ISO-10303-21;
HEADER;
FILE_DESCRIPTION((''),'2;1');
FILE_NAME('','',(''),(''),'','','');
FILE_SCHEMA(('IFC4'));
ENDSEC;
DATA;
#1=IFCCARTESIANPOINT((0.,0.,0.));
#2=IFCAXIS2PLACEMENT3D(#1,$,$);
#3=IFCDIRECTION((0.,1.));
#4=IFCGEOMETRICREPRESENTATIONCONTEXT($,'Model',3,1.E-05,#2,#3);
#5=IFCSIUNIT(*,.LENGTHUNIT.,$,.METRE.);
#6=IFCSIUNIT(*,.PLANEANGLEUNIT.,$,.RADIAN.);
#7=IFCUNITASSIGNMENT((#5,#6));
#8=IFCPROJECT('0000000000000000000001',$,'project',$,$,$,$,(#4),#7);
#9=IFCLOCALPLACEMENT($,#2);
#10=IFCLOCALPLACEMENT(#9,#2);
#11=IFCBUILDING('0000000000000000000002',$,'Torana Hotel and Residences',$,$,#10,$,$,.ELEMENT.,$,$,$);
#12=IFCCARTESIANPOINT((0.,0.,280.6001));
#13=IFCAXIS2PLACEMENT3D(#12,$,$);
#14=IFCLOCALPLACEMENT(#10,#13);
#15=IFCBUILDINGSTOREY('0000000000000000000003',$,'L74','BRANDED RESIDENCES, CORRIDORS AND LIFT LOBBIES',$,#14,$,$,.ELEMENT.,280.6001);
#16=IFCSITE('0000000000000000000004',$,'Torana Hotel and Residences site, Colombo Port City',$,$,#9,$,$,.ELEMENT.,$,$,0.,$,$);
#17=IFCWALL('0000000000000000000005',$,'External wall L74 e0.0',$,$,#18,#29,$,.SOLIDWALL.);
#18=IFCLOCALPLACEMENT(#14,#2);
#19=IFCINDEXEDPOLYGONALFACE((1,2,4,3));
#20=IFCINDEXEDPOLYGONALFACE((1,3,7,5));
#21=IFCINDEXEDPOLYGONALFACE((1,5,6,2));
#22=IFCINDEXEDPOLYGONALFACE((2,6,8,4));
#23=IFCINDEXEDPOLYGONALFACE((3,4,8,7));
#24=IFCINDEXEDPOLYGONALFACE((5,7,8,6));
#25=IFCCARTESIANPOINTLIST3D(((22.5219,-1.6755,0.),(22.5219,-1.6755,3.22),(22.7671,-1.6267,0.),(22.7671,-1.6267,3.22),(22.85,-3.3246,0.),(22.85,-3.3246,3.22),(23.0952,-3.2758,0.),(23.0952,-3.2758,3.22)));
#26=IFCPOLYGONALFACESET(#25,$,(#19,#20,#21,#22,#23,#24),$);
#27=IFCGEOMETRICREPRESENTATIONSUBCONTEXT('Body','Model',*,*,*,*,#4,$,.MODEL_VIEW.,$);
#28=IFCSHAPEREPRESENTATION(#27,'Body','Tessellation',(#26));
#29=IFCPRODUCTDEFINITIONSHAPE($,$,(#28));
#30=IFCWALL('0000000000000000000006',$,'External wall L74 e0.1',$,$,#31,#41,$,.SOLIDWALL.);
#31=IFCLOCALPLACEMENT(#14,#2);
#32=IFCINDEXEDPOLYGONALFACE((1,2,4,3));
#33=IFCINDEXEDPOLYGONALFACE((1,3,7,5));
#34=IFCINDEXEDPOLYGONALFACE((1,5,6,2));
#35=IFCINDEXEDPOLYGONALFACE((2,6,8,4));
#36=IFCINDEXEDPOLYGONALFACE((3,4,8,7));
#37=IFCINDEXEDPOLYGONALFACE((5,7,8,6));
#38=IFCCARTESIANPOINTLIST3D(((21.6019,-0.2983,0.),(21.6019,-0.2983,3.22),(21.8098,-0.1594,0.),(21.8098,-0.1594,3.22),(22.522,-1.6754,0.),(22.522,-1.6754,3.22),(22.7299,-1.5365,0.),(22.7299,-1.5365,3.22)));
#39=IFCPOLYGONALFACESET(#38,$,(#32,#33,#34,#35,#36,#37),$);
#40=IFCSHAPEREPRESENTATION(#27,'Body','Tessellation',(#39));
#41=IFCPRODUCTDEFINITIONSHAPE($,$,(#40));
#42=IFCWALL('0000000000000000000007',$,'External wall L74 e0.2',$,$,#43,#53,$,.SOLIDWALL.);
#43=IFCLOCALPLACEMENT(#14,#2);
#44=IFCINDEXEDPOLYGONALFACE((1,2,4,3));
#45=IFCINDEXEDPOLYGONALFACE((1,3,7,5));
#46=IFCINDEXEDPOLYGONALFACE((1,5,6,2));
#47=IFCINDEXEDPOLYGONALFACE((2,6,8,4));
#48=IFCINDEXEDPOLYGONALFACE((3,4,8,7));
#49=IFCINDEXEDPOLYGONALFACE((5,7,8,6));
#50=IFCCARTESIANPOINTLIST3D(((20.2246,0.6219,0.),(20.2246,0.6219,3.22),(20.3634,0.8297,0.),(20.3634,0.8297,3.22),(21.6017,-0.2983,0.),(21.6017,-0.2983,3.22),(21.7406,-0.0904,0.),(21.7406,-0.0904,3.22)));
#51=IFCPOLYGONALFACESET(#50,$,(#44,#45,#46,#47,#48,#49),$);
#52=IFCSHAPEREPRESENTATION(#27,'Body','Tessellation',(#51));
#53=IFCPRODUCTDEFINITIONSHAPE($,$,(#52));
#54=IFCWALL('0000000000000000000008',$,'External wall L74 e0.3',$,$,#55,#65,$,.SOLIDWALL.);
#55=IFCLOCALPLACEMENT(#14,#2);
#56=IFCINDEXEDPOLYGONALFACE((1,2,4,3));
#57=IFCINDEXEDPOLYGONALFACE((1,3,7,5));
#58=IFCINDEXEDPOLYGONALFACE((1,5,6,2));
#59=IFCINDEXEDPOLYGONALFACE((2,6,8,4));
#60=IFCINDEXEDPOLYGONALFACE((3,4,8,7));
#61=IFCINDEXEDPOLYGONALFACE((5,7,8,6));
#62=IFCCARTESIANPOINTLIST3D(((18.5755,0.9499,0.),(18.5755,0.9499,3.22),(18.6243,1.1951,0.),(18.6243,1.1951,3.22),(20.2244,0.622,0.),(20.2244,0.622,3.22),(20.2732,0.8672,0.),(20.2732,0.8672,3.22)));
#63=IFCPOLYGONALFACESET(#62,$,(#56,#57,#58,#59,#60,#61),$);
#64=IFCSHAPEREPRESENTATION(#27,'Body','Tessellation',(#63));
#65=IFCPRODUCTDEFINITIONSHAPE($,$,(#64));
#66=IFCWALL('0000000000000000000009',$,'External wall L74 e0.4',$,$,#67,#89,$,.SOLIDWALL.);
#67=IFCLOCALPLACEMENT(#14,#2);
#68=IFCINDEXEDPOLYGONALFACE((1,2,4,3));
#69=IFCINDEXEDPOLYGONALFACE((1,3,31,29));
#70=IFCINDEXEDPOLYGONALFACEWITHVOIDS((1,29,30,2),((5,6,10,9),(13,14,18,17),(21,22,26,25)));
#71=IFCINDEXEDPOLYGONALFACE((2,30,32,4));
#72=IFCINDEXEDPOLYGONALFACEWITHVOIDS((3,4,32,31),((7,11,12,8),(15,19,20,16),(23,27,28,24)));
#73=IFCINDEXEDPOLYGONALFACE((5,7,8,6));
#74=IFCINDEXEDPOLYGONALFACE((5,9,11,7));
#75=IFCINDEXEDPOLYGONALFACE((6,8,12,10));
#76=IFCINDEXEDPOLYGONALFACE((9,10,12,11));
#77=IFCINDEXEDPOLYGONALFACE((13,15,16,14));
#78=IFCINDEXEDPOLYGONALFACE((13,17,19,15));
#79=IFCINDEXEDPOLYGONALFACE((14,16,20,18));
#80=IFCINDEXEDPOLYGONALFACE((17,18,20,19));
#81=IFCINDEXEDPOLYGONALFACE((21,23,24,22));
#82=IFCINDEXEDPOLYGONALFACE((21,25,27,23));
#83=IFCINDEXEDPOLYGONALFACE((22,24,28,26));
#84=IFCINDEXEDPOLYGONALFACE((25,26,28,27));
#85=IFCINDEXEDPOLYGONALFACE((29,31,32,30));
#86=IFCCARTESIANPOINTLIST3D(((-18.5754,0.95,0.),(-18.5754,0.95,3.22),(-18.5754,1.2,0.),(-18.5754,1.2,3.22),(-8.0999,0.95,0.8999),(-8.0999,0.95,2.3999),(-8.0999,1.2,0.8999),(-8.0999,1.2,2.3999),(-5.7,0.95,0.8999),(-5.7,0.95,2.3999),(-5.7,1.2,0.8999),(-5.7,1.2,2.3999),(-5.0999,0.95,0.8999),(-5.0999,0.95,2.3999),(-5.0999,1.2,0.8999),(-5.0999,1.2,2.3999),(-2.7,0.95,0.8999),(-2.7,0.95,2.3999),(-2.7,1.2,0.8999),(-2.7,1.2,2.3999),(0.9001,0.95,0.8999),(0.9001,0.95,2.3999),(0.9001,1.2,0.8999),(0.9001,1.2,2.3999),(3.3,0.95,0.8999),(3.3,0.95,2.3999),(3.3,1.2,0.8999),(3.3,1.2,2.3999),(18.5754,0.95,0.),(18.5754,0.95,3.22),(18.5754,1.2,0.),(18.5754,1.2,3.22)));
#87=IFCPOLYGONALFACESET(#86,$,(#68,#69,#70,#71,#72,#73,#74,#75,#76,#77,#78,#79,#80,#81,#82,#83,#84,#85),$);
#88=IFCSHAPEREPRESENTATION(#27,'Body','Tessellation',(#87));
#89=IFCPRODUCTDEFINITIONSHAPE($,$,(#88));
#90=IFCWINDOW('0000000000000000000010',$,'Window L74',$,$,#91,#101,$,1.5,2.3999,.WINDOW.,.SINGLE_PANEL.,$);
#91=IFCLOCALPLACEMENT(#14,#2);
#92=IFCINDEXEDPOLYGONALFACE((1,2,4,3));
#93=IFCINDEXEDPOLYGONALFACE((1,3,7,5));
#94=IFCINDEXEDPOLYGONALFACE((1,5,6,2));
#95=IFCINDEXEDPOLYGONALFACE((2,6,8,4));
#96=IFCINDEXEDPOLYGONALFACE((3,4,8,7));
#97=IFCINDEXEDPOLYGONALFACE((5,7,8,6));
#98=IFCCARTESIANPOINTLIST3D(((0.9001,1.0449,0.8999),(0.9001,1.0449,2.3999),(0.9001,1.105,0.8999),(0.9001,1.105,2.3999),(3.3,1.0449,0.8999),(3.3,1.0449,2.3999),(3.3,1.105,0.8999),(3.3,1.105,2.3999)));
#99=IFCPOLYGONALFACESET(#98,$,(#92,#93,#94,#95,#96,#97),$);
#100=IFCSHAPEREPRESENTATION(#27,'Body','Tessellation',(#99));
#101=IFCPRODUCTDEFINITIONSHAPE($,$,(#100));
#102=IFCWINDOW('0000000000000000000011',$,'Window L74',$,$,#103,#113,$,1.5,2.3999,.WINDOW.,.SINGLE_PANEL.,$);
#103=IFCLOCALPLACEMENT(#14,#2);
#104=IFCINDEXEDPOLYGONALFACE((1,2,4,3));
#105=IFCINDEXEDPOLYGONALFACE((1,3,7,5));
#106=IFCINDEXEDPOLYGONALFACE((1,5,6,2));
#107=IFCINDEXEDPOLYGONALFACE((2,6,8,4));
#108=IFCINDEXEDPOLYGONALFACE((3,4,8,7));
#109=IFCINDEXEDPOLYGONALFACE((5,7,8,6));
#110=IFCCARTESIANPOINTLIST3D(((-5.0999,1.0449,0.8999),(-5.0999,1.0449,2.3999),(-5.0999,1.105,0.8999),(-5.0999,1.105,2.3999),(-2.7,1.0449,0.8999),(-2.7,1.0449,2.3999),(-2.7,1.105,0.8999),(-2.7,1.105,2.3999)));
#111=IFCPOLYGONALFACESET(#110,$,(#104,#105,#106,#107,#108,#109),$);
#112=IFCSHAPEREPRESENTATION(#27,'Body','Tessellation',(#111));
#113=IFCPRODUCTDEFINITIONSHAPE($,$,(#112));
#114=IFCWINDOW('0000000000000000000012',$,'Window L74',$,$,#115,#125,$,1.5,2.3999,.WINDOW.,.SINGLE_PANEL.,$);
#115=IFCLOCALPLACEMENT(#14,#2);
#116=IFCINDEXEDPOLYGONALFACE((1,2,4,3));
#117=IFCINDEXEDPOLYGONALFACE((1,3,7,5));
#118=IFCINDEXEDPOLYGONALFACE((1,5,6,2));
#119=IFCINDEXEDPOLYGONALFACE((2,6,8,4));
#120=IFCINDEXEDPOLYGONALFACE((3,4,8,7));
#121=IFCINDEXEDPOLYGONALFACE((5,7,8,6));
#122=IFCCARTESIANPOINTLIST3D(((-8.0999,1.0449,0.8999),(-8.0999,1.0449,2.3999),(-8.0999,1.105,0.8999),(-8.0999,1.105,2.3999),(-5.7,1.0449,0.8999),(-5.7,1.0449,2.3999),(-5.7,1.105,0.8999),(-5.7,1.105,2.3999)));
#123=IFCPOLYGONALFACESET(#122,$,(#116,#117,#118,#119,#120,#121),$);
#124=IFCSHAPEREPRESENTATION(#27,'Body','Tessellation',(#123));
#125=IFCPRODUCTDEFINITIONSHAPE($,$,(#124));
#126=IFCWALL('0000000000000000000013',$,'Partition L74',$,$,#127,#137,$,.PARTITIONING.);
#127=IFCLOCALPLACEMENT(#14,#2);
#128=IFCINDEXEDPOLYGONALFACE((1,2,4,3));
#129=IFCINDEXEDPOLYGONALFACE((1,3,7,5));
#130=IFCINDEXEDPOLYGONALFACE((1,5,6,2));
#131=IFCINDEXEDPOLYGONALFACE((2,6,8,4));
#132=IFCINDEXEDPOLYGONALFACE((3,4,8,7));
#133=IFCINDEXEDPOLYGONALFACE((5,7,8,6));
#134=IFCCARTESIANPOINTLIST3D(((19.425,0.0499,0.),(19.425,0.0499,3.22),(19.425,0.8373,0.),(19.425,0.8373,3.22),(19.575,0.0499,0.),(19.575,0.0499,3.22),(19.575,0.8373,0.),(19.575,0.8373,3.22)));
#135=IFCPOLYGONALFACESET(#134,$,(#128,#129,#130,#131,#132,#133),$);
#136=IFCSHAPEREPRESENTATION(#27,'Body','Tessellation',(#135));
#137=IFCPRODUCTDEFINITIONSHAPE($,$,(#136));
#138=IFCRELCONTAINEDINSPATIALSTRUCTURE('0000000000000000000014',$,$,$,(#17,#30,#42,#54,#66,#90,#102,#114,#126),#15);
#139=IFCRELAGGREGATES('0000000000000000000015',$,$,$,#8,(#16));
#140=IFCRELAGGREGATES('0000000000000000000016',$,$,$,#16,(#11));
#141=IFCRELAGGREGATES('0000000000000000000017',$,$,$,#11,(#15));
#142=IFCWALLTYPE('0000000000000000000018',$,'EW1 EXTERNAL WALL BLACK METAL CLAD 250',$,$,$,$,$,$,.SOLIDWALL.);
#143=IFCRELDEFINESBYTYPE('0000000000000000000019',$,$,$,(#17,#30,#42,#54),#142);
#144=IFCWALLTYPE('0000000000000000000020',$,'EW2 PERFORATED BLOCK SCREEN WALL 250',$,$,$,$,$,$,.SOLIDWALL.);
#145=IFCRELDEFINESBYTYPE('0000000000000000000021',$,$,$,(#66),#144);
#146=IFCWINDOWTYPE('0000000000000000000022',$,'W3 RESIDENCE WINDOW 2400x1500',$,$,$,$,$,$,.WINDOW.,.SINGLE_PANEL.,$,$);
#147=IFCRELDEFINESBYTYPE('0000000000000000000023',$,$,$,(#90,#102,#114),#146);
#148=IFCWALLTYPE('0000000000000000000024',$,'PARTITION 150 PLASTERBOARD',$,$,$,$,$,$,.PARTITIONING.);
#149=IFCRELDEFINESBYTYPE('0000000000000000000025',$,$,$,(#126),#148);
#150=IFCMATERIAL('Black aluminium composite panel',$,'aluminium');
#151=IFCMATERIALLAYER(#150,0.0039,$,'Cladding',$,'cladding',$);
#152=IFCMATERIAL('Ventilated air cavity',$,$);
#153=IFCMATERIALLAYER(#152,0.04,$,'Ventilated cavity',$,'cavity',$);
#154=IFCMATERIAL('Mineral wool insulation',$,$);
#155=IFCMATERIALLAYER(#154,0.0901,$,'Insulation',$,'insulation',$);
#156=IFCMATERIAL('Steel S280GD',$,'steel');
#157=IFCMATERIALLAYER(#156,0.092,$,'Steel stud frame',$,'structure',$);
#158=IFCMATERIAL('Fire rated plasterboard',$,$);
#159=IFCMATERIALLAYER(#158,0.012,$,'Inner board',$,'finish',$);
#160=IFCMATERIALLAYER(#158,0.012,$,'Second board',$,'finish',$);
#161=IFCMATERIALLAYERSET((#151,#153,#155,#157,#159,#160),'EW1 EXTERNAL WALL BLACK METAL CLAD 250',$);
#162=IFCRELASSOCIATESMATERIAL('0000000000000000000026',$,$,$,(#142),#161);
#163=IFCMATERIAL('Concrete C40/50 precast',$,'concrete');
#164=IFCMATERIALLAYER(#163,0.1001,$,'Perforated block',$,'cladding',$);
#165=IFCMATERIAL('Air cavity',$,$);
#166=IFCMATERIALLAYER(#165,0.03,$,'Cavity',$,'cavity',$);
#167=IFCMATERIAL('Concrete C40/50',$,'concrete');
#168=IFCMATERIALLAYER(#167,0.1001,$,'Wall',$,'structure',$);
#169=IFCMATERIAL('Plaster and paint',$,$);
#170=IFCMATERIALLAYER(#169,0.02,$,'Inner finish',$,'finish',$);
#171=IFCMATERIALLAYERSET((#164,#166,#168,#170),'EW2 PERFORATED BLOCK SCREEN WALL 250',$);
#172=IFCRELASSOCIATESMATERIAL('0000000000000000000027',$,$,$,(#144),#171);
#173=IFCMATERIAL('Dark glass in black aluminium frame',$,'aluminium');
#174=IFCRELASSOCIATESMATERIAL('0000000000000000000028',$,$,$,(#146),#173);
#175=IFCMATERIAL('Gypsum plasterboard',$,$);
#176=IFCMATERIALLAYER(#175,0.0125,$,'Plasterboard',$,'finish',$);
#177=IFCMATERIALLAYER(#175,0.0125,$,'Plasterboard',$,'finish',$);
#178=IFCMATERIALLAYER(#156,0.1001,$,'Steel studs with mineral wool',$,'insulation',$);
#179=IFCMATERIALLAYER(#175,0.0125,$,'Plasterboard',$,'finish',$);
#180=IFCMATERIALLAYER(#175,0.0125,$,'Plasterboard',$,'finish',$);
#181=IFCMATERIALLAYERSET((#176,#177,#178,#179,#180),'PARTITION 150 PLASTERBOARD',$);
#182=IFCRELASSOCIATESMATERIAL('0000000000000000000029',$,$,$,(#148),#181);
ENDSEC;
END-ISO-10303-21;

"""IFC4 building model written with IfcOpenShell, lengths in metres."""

from ifc_helpers import new_model, si_unit, direction, frame, frame_2d, origin, place, context, subcontext, project, spatial, rectangle, extrude, material, layer, layer_set, type_object, element, fill, save


model = new_model("IFC4")

# Units and contexts
model_context = context("Model", 3, precision=1e-05, world=origin(), true_north=direction((0.0, 1.0)))
body_context = subcontext(model_context, "Body", "Model", "MODEL_VIEW")
ifc_project = project(units=[si_unit("LENGTHUNIT", "METRE"), si_unit("PLANEANGLEUNIT", "RADIAN")], contexts=[model_context])

# Site, building, storey
site_placement = place(None, origin())
site = spatial("IfcSite", under=ifc_project, at=site_placement, Name="Torana Hotel and Residences site, Colombo Port City", CompositionType="ELEMENT", RefElevation=0.0)
building_placement = place(site_placement, origin())
building = spatial("IfcBuilding", under=site, at=building_placement, Name="Torana Hotel and Residences", CompositionType="ELEMENT")
storey_placement = place(building_placement, frame((0.0, 0.0, 280.6001)))
storey = spatial("IfcBuildingStorey", under=building, at=storey_placement, Name="L74", Description="BRANDED RESIDENCES, CORRIDORS AND LIFT LOBBIES", CompositionType="ELEMENT", Elevation=280.6001)

# Walls
ifc_material_1 = material(Name="Black aluminium composite panel", Category="aluminium")
ifc_layer_1 = layer(ifc_material_1, 0.0039, Name="Cladding", Category="cladding")
ifc_material_2 = material(Name="Ventilated air cavity")
ifc_layer_2 = layer(ifc_material_2, 0.04, Name="Ventilated cavity", Category="cavity")
ifc_material_3 = material(Name="Mineral wool insulation")
ifc_layer_3 = layer(ifc_material_3, 0.0901, Name="Insulation", Category="insulation")
ifc_material_4 = material(Name="Steel S280GD", Category="steel")
ifc_layer_4 = layer(ifc_material_4, 0.092, Name="Steel stud frame", Category="structure")
ifc_material_5 = material(Name="Fire rated plasterboard")
ifc_layer_5 = layer(ifc_material_5, 0.012, Name="Inner board", Category="finish")
ifc_layer_6 = layer(ifc_material_5, 0.012, Name="Second board", Category="finish")
ifc_layer_set_1 = layer_set([ifc_layer_1, ifc_layer_2, ifc_layer_3, ifc_layer_4, ifc_layer_5, ifc_layer_6], Name="EW1 EXTERNAL WALL BLACK METAL CLAD 250")
wall_type_1 = type_object("IfcWallType", Name="EW1 EXTERNAL WALL BLACK METAL CLAD 250", PredefinedType="SOLIDWALL", material=ifc_layer_set_1)
wall_1_placement = place(storey_placement, frame((22.9727, -3.3003, 0.0), z_axis=(0.0, 0.0, 1.0), x_axis=(-0.195139, 0.980776, 0.0)))
element("IfcWall", 1, at=wall_1_placement, inside=storey, type_object=wall_type_1, Name="External wall L74 e0.0", PredefinedType="SOLIDWALL", context=body_context, shape_type="SweptSolid", body=[
    extrude(rectangle(XDim=1.6814, YDim=0.25, at=frame_2d((0.8408, 0.0))), origin(), (0.0, 0.0, 1.0), 3.22),
])
for number, where, z_axis, x_axis, name in (
    (2, (22.626, -1.606, 0.0), (0.0, 0.0, 1.0), (-0.55555, 0.831483, 0.0), "External wall L74 e0.1"),
    (3, (21.6711, -0.1943, 0.0), (0.0, 0.0, 1.0), (-0.831483, 0.55555, 0.0), "External wall L74 e0.2"),
):
    element("IfcWall", number, at=place(storey_placement, frame(where, z_axis=z_axis, x_axis=x_axis)), inside=storey, type_object=wall_type_1, Name=name, PredefinedType="SOLIDWALL", context=body_context, shape_type="SweptSolid", body=[
        extrude(rectangle(XDim=1.6562, YDim=0.25, at=frame_2d((0.8281, 0.0))), origin(), (0.0, 0.0, 1.0), 3.22),
    ])
wall_2_placement = place(storey_placement, frame((20.2488, 0.7446, 0.0), z_axis=(0.0, 0.0, 1.0), x_axis=(-0.980798, 0.195027, 0.0)))
element("IfcWall", 4, at=wall_2_placement, inside=storey, type_object=wall_type_1, Name="External wall L74 e0.3", PredefinedType="SOLIDWALL", context=body_context, shape_type="SweptSolid", body=[
    extrude(rectangle(XDim=1.6812, YDim=0.25, at=frame_2d((0.8406, 0.0))), origin(), (0.0, 0.0, 1.0), 3.22),
])

# Wall, openings, windows
ifc_material_6 = material(Name="Concrete C40/50 precast", Category="concrete")
ifc_layer_7 = layer(ifc_material_6, 0.1001, Name="Perforated block", Category="cladding")
ifc_material_7 = material(Name="Air cavity")
ifc_layer_8 = layer(ifc_material_7, 0.03, Name="Cavity", Category="cavity")
ifc_material_8 = material(Name="Concrete C40/50", Category="concrete")
ifc_layer_9 = layer(ifc_material_8, 0.1001, Name="Wall", Category="structure")
ifc_material_9 = material(Name="Plaster and paint")
ifc_layer_10 = layer(ifc_material_9, 0.02, Name="Inner finish", Category="finish")
ifc_layer_set_2 = layer_set([ifc_layer_7, ifc_layer_8, ifc_layer_9, ifc_layer_10], Name="EW2 PERFORATED BLOCK SCREEN WALL 250")
wall_type_2 = type_object("IfcWallType", Name="EW2 PERFORATED BLOCK SCREEN WALL 250", PredefinedType="SOLIDWALL", material=ifc_layer_set_2)
wall_3_placement = place(storey_placement, frame((18.5754, 1.075, 0.0), z_axis=(0.0, 0.0, 1.0), x_axis=(-1.0, 0.0, 0.0)))
wall_3 = element("IfcWall", 5, at=wall_3_placement, inside=storey, type_object=wall_type_2, Name="External wall L74 e0.4", PredefinedType="SOLIDWALL", context=body_context, shape_type="SweptSolid", body=[
    extrude(rectangle(XDim=37.1509, YDim=0.25, at=frame_2d((18.5754, 0.0))), origin(), (0.0, 0.0, 1.0), 3.22),
])
opening_1_placement = place(wall_3_placement, frame((15.2754, 0.0, 0.8999)))
opening_1 = element("IfcOpeningElement", 6, at=opening_1_placement, cuts=wall_3, PredefinedType="OPENING", context=body_context, shape_type="SweptSolid", body=[
    extrude(rectangle(XDim=2.3999, YDim=1.5, at=frame_2d((1.2, 0.75))), frame((0.0, 0.135, 0.0), z_axis=(0.0, -1.0, 0.0), x_axis=(1.0, 0.0, 0.0)), (0.0, 0.0, 1.0), 0.27),
])
opening_2_placement = place(wall_3_placement, frame((21.2754, 0.0, 0.8999)))
opening_2 = element("IfcOpeningElement", 7, at=opening_2_placement, cuts=wall_3, PredefinedType="OPENING", context=body_context, shape_type="SweptSolid", body=[
    extrude(rectangle(XDim=2.3999, YDim=1.5, at=frame_2d((1.2, 0.75))), frame((0.0, 0.135, 0.0), z_axis=(0.0, -1.0, 0.0), x_axis=(1.0, 0.0, 0.0)), (0.0, 0.0, 1.0), 0.27),
])
opening_3_placement = place(wall_3_placement, frame((24.2754, 0.0, 0.8999)))
opening_3 = element("IfcOpeningElement", 8, at=opening_3_placement, cuts=wall_3, PredefinedType="OPENING", context=body_context, shape_type="SweptSolid", body=[
    extrude(rectangle(XDim=2.3999, YDim=1.5, at=frame_2d((1.2, 0.75))), frame((0.0, 0.135, 0.0), z_axis=(0.0, -1.0, 0.0), x_axis=(1.0, 0.0, 0.0)), (0.0, 0.0, 1.0), 0.27),
])
ifc_material_10 = material(Name="Dark glass in black aluminium frame", Category="aluminium")
window_type = type_object("IfcWindowType", Name="W3 RESIDENCE WINDOW 2400x1500", PartitioningType="SINGLE_PANEL", PredefinedType="WINDOW", material=ifc_material_10)
window_1_placement = place(opening_1_placement, origin())
window_1 = element("IfcWindow", 9, at=window_1_placement, inside=storey, type_object=window_type, Name="Window L74", OverallHeight=1.5, OverallWidth=2.3999, PartitioningType="SINGLE_PANEL", PredefinedType="WINDOW", context=body_context, shape_type="SweptSolid", body=[
    extrude(rectangle(XDim=2.3999, YDim=1.5, at=frame_2d((1.2, 0.75))), frame((0.0, 0.03, 0.0), z_axis=(0.0, -1.0, 0.0), x_axis=(1.0, 0.0, 0.0)), (0.0, 0.0, 1.0), 0.0601),
])
fill(opening_1, window_1)
window_2_placement = place(opening_2_placement, origin())
window_2 = element("IfcWindow", 10, at=window_2_placement, inside=storey, type_object=window_type, Name="Window L74", OverallHeight=1.5, OverallWidth=2.3999, PartitioningType="SINGLE_PANEL", PredefinedType="WINDOW", context=body_context, shape_type="SweptSolid", body=[
    extrude(rectangle(XDim=2.3999, YDim=1.5, at=frame_2d((1.2, 0.75))), frame((0.0, 0.03, 0.0), z_axis=(0.0, -1.0, 0.0), x_axis=(1.0, 0.0, 0.0)), (0.0, 0.0, 1.0), 0.0601),
])
fill(opening_2, window_2)
window_3_placement = place(opening_3_placement, origin())
window_3 = element("IfcWindow", 11, at=window_3_placement, inside=storey, type_object=window_type, Name="Window L74", OverallHeight=1.5, OverallWidth=2.3999, PartitioningType="SINGLE_PANEL", PredefinedType="WINDOW", context=body_context, shape_type="SweptSolid", body=[
    extrude(rectangle(XDim=2.3999, YDim=1.5, at=frame_2d((1.2, 0.75))), frame((0.0, 0.03, 0.0), z_axis=(0.0, -1.0, 0.0), x_axis=(1.0, 0.0, 0.0)), (0.0, 0.0, 1.0), 0.0601),
])
fill(opening_3, window_3)

# Wall
ifc_material_11 = material(Name="Gypsum plasterboard")
ifc_layer_11 = layer(ifc_material_11, 0.0125, Name="Plasterboard", Category="finish")
ifc_layer_12 = layer(ifc_material_11, 0.0125, Name="Plasterboard", Category="finish")
ifc_layer_13 = layer(ifc_material_4, 0.1001, Name="Steel studs with mineral wool", Category="insulation")
ifc_layer_14 = layer(ifc_material_11, 0.0125, Name="Plasterboard", Category="finish")
ifc_layer_15 = layer(ifc_material_11, 0.0125, Name="Plasterboard", Category="finish")
ifc_layer_set_3 = layer_set([ifc_layer_11, ifc_layer_12, ifc_layer_13, ifc_layer_14, ifc_layer_15], Name="PARTITION 150 PLASTERBOARD")
wall_type_3 = type_object("IfcWallType", Name="PARTITION 150 PLASTERBOARD", PredefinedType="PARTITIONING", material=ifc_layer_set_3)
wall_4_placement = place(storey_placement, frame((19.5, 0.05, 0.0), z_axis=(0.0, 0.0, 1.0), x_axis=(0.0, 1.0, 0.0)))
element("IfcWall", 12, at=wall_4_placement, inside=storey, type_object=wall_type_3, Name="Partition L74", PredefinedType="PARTITIONING", context=body_context, shape_type="SweptSolid", body=[
    extrude(rectangle(XDim=0.7874, YDim=0.1499, at=frame_2d((0.3936, 0.0))), origin(), (0.0, 0.0, 1.0), 3.22),
])

save(model, "model.ifc")
